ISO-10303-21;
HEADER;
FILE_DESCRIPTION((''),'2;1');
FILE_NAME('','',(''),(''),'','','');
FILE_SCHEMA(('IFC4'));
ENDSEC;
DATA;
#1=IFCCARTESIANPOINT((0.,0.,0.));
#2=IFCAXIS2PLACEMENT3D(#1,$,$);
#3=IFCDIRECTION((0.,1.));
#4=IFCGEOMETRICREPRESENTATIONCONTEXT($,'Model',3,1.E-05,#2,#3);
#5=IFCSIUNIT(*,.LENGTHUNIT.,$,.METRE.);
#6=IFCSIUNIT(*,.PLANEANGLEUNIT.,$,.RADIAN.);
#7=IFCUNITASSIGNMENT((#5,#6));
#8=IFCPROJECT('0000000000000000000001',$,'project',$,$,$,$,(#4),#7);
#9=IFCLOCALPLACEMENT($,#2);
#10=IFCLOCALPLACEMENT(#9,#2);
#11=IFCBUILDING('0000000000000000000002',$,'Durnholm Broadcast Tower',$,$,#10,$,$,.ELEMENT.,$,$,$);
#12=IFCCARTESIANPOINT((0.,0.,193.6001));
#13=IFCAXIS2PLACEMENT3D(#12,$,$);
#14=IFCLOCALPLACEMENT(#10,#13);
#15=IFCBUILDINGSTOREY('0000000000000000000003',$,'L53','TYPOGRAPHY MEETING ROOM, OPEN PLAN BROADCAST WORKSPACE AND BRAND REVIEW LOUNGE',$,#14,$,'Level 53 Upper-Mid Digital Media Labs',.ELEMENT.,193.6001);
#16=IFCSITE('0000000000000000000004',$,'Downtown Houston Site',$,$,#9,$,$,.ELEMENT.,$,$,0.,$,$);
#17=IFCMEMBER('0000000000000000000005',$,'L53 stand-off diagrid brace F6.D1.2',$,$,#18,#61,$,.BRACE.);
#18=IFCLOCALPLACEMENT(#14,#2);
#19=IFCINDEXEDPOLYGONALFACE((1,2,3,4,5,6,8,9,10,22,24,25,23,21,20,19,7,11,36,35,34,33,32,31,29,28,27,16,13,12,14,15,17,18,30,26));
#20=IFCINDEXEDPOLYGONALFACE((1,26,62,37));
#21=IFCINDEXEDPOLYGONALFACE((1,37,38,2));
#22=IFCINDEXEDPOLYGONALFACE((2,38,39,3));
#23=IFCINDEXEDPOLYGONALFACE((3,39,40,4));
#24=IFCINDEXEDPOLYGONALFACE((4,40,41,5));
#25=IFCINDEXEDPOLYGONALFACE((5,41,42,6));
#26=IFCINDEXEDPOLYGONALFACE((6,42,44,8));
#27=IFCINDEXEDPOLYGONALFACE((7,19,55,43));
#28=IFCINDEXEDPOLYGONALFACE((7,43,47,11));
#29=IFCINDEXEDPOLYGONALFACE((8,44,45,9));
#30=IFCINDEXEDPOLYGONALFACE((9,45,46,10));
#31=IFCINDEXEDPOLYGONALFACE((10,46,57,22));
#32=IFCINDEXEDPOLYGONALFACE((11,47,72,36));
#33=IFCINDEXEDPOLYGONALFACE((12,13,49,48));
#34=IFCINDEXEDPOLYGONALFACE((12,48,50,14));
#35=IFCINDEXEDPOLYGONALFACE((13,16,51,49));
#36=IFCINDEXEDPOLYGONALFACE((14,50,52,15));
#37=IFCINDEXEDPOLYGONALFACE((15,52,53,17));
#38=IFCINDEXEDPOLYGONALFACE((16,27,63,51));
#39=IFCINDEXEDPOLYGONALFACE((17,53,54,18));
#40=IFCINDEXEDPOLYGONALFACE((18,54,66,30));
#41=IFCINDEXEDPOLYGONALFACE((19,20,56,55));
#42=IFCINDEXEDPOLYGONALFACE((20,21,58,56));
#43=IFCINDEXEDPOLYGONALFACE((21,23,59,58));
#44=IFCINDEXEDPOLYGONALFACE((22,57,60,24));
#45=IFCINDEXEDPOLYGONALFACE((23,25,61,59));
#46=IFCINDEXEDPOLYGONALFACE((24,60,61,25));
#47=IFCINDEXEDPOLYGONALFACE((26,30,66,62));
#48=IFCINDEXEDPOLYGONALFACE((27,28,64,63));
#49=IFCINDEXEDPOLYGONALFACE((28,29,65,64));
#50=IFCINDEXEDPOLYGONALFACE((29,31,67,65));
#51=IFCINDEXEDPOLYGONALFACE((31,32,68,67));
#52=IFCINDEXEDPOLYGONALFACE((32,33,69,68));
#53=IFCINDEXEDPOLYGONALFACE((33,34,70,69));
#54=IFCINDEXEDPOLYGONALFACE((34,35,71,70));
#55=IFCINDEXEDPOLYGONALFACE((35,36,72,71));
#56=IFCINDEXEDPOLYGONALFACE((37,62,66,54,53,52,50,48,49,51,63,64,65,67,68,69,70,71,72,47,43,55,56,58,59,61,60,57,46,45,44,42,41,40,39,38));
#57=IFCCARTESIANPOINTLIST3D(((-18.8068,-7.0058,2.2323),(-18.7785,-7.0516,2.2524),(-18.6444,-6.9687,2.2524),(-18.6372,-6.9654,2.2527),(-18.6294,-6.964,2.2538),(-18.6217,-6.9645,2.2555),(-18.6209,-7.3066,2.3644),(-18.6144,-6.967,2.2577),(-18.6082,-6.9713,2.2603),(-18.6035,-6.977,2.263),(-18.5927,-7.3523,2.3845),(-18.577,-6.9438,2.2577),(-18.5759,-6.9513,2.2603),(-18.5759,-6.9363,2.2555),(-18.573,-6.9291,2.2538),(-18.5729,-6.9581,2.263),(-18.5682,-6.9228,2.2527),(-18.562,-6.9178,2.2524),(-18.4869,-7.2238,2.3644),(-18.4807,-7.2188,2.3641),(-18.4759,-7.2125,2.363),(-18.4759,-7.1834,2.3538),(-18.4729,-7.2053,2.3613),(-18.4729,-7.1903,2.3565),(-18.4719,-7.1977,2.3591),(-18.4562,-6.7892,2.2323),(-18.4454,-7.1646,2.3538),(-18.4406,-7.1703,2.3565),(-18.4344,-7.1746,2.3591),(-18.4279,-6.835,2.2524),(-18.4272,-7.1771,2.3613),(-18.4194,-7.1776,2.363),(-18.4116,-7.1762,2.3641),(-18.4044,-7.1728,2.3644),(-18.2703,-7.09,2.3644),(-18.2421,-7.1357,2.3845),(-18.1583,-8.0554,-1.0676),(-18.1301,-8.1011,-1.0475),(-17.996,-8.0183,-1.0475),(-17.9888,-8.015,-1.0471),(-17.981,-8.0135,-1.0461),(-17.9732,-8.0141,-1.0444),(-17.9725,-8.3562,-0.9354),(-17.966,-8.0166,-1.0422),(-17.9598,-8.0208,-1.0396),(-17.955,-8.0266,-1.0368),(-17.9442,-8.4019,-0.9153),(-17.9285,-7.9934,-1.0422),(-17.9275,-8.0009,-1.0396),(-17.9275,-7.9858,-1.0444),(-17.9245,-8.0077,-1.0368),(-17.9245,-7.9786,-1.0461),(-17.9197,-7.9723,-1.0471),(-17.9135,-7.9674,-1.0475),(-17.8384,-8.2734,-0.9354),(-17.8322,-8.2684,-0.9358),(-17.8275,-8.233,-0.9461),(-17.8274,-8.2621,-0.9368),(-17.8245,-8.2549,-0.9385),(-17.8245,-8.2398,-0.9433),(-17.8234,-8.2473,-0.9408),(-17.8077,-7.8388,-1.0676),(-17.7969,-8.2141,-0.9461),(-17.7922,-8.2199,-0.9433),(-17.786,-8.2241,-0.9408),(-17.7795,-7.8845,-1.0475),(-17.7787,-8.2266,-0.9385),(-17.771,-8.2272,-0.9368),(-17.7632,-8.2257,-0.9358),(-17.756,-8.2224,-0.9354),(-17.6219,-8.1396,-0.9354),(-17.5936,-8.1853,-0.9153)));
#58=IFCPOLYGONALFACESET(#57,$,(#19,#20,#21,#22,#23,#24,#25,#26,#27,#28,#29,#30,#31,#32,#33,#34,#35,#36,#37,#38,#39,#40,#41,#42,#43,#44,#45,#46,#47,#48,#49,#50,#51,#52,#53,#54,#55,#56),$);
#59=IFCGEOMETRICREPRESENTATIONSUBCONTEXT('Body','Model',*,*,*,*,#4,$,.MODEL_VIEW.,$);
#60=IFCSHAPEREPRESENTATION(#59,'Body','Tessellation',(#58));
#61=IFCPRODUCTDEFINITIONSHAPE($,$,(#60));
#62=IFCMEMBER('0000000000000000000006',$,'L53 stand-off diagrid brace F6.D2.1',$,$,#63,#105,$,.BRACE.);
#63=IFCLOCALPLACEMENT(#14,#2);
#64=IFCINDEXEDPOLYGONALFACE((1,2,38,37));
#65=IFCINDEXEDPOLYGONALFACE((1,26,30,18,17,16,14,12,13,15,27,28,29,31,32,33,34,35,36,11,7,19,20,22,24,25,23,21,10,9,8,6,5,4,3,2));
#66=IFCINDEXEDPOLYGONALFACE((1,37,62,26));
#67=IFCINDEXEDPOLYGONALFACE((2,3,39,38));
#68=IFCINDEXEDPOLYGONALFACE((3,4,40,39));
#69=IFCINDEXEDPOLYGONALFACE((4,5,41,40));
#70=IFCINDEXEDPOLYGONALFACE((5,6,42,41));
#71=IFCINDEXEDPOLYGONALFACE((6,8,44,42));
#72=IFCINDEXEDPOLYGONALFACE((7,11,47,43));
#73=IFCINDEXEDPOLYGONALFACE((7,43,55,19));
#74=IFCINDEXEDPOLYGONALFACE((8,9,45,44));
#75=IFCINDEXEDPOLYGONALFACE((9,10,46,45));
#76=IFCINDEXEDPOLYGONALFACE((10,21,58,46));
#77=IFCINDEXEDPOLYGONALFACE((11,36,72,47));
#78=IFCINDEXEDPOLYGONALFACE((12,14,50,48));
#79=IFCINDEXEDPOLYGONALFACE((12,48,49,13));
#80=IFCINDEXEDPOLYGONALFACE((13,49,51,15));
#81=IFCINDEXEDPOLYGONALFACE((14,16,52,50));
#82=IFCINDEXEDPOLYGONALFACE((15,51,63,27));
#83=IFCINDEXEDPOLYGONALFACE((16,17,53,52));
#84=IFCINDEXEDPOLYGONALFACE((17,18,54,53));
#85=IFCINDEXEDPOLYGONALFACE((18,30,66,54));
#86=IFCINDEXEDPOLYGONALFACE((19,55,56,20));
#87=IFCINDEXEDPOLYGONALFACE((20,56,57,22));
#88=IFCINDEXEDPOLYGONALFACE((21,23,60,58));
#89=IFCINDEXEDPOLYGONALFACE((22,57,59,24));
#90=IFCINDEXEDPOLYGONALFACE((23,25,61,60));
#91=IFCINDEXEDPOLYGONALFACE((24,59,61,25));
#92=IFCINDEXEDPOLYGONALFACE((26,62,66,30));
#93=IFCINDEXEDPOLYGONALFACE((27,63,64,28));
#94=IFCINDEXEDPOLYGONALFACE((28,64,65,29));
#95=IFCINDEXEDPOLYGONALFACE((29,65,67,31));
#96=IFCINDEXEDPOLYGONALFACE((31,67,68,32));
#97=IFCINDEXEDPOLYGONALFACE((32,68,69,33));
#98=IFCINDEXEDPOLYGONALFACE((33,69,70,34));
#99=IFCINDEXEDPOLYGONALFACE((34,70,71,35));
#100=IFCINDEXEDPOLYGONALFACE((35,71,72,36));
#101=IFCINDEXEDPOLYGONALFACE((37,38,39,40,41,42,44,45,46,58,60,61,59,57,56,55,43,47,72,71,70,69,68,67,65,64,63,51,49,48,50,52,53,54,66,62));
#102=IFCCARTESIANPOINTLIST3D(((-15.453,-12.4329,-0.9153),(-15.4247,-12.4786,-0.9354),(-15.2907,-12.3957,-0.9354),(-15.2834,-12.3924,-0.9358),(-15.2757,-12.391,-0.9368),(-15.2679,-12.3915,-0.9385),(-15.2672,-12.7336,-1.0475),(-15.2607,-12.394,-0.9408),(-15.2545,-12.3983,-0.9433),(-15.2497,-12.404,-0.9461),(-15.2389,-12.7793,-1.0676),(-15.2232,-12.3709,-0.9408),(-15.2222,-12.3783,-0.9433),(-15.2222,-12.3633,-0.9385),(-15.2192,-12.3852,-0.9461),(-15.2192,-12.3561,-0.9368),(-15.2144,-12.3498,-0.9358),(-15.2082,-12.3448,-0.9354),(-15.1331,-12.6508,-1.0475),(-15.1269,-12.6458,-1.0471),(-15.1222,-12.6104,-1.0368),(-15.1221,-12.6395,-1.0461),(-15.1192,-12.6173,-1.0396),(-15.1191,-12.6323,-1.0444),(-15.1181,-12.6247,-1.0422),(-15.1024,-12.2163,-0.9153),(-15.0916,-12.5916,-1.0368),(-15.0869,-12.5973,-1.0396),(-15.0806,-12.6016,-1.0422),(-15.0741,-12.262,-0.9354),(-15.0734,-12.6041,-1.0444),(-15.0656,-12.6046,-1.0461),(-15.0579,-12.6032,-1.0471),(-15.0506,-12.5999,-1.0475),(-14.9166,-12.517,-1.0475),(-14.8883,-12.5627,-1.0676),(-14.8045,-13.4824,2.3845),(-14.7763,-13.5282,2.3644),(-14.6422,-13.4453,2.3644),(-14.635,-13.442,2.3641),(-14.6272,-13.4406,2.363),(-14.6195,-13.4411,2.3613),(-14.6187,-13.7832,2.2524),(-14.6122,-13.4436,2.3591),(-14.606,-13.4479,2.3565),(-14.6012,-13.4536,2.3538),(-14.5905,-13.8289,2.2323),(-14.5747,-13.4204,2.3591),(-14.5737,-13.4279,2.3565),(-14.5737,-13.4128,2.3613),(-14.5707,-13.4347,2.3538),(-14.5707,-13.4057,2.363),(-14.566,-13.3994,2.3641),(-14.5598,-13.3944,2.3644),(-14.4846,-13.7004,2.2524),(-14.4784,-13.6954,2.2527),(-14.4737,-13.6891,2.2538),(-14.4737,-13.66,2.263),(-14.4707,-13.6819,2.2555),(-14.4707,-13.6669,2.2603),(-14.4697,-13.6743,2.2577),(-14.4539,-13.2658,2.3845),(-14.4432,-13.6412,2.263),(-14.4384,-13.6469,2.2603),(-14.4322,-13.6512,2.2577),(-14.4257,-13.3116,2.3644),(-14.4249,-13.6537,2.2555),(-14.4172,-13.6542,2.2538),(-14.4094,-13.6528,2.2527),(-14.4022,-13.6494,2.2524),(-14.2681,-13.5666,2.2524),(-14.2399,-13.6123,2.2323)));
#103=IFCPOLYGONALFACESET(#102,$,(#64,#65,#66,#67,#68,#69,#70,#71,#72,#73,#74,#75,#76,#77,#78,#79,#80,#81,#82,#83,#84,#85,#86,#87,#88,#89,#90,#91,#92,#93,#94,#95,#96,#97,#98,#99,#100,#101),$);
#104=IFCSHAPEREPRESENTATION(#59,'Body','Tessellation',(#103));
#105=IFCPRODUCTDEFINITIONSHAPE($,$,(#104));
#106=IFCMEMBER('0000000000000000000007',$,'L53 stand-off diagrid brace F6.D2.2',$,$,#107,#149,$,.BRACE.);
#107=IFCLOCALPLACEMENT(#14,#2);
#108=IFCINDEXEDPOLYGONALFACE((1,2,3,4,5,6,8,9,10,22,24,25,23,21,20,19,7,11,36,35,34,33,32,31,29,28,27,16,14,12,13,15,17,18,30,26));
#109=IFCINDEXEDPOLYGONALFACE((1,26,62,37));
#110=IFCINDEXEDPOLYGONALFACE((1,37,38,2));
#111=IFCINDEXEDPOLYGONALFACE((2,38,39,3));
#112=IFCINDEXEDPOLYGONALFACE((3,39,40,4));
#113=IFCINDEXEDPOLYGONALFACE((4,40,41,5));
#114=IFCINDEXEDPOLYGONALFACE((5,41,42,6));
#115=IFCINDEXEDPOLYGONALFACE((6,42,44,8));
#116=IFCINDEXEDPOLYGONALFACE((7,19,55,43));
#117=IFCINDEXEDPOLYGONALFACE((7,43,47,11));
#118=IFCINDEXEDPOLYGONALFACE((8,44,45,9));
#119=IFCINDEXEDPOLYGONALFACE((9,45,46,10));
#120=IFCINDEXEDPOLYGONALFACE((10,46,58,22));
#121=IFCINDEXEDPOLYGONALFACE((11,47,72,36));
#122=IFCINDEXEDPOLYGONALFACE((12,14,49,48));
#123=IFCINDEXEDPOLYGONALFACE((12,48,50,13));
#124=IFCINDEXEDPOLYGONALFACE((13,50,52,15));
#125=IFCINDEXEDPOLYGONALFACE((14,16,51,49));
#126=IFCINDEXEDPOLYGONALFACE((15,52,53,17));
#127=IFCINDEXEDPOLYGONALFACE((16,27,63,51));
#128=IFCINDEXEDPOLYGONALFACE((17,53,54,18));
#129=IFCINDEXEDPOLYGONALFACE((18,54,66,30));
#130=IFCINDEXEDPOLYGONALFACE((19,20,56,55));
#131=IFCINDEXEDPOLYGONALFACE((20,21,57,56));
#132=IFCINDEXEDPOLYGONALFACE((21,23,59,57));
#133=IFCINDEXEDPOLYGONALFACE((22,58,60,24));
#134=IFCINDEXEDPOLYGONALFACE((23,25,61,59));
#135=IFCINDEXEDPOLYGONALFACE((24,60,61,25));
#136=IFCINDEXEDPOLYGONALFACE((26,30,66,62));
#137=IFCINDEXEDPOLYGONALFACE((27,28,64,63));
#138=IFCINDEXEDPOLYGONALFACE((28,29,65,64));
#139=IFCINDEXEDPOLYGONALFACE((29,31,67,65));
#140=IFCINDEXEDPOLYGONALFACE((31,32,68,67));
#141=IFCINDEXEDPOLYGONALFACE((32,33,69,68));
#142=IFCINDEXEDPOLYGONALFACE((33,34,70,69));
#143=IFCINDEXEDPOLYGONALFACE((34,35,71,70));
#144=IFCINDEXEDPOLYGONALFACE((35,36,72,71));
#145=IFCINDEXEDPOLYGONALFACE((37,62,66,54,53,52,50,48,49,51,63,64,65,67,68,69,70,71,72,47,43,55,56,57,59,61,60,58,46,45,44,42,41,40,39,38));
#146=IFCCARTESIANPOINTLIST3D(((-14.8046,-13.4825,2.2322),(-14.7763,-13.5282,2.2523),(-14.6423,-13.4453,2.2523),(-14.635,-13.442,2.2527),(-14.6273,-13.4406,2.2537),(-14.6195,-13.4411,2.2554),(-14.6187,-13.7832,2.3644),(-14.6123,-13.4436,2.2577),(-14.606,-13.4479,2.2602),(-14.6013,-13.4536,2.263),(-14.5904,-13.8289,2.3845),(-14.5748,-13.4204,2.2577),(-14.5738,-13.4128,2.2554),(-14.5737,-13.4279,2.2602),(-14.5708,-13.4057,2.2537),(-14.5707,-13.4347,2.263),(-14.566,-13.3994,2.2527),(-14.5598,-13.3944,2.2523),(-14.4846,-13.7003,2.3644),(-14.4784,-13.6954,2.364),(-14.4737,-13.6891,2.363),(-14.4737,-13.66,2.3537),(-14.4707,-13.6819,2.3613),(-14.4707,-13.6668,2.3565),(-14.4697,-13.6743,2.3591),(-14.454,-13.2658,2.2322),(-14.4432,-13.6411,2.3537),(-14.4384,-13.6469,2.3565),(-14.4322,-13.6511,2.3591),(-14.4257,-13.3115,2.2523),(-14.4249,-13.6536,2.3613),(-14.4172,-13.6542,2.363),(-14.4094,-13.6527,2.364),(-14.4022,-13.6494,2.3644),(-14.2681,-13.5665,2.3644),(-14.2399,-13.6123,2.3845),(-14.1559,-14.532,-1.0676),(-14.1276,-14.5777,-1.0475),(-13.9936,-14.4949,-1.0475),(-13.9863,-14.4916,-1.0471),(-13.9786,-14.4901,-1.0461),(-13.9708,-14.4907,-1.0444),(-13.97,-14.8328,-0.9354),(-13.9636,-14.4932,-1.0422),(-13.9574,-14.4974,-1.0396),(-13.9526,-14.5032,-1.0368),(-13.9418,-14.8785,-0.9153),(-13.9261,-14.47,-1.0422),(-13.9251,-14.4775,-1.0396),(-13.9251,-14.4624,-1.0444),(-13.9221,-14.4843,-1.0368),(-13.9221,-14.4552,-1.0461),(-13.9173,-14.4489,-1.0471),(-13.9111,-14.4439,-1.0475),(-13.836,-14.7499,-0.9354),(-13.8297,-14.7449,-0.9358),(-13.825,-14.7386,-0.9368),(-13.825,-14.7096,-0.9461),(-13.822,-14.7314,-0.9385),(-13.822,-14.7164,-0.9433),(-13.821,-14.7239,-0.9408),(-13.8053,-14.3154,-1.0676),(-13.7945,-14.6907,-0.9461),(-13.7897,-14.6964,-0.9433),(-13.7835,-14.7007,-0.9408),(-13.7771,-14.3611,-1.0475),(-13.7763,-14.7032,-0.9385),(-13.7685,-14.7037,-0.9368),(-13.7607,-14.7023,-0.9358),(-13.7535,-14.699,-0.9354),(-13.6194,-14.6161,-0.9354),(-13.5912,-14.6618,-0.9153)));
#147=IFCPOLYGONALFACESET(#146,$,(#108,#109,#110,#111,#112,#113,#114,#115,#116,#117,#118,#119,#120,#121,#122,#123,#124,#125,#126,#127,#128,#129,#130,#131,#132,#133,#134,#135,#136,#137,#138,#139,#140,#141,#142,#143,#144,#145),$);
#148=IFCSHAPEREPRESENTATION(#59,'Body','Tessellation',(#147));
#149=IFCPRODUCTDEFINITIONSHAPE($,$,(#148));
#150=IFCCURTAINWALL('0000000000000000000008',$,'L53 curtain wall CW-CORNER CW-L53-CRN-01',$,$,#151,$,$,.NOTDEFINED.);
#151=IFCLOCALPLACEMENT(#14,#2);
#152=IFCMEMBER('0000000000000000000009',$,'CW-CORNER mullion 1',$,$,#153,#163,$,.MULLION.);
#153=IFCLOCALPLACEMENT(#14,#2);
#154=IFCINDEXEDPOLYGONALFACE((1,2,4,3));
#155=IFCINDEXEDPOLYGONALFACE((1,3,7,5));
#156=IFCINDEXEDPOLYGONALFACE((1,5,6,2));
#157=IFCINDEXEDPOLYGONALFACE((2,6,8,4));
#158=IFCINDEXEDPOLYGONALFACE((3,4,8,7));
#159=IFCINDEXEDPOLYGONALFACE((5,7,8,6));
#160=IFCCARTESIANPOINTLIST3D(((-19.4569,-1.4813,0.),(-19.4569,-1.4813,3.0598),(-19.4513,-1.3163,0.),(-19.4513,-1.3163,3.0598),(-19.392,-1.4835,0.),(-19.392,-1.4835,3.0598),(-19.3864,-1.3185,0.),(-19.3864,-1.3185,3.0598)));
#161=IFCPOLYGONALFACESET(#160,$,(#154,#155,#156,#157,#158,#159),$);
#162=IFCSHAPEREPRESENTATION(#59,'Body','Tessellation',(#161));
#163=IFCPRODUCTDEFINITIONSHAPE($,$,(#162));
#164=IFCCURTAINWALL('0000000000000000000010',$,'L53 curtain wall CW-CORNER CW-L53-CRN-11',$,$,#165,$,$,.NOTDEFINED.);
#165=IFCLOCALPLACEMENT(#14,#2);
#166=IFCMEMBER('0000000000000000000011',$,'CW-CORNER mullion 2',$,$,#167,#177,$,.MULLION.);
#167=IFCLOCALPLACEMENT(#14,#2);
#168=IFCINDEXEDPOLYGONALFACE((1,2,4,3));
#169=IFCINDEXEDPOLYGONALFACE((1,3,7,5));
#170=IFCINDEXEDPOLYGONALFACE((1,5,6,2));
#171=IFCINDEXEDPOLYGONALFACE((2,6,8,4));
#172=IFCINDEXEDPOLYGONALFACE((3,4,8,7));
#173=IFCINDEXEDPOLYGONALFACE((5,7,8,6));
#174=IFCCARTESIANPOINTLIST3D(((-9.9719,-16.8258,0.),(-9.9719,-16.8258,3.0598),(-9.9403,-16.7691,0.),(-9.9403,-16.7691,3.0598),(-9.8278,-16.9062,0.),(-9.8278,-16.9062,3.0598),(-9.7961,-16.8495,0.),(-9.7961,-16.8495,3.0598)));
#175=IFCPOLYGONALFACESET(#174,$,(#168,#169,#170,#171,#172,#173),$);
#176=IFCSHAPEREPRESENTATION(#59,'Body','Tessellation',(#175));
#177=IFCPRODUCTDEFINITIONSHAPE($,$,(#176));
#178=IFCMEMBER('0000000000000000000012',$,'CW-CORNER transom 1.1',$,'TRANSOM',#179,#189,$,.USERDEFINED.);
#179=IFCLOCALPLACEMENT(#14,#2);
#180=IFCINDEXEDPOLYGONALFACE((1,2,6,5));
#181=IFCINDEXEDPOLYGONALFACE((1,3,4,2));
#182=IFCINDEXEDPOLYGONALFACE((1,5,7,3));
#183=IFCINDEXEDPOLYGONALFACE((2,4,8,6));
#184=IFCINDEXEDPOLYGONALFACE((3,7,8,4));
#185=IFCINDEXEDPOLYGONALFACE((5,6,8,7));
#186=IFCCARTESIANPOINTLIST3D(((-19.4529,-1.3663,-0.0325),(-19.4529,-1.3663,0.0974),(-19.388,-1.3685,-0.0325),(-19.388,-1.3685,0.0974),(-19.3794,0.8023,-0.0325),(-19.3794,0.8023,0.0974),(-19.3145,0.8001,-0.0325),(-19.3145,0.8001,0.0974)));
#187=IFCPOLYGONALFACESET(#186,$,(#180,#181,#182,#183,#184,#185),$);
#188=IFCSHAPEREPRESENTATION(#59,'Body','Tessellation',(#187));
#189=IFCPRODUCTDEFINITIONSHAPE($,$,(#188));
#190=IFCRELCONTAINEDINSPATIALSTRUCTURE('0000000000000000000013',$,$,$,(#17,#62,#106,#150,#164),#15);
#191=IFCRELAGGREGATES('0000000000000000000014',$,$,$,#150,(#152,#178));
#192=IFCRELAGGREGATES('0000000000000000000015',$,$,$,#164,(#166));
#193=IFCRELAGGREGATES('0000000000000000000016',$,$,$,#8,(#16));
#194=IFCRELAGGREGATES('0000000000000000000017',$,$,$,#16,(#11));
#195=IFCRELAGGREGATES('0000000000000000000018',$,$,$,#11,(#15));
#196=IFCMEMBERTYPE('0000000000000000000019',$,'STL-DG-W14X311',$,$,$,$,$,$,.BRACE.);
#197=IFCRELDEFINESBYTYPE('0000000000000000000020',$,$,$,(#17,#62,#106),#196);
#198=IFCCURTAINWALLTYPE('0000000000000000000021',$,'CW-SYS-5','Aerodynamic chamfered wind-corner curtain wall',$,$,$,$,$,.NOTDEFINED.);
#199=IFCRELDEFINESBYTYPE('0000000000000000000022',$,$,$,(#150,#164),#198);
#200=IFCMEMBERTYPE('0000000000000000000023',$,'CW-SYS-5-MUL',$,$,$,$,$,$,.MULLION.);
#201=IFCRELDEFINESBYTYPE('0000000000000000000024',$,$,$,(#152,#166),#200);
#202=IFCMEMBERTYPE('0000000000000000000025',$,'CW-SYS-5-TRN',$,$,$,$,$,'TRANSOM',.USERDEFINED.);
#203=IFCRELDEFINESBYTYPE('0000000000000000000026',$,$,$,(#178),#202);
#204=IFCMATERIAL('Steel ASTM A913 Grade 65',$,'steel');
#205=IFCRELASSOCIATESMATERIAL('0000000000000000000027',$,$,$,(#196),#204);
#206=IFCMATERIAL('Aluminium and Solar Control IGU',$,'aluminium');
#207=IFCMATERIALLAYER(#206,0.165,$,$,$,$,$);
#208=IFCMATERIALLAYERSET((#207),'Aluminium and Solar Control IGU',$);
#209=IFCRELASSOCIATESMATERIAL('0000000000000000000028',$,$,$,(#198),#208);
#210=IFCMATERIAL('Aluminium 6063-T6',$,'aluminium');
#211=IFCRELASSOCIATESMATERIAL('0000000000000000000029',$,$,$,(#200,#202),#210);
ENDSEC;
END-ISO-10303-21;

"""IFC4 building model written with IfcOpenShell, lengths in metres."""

from ifc_helpers import new_model, si_unit, direction, frame, origin, origin_2d, place, context, subcontext, project, spatial, rectangle, i_section, extrude, source, transform, mapped, material, layer, layer_set, material_profile, profile_set, type_object, type_shapes, element, aggregate, save


model = new_model("IFC4")

# Units and contexts
model_context = context("Model", 3, precision=1e-05, world=origin(), true_north=direction((0.0, 1.0)))
body_context = subcontext(model_context, "Body", "Model", "MODEL_VIEW")
ifc_project = project(units=[si_unit("LENGTHUNIT", "METRE"), si_unit("PLANEANGLEUNIT", "RADIAN")], contexts=[model_context])

# Site, building, storey
site_placement = place(None, origin())
site = spatial("IfcSite", under=ifc_project, at=site_placement, Name="Downtown Houston Site", CompositionType="ELEMENT", RefElevation=0.0)
building_placement = place(site_placement, origin())
building = spatial("IfcBuilding", under=site, at=building_placement, Name="Durnholm Broadcast Tower", CompositionType="ELEMENT")
storey_placement = place(building_placement, frame((0.0, 0.0, 193.6001)))
storey = spatial("IfcBuildingStorey", under=building, at=storey_placement, Name="L53", Description="TYPOGRAPHY MEETING ROOM, OPEN PLAN BROADCAST WORKSPACE AND BRAND REVIEW LOUNGE", LongName="Level 53 Upper-Mid Digital Media Labs", CompositionType="ELEMENT", Elevation=193.6001)

# Members
ifc_material_1 = material(Name="Steel ASTM A913 Grade 65", Category="steel")
ifc_material_profile_1 = material_profile(ifc_material_1, i_section(OverallWidth=0.4121, OverallDepth=0.4348, WebThickness=0.0359, FlangeThickness=0.0574, FilletRadius=0.0305, at=origin_2d()), Name="W14X311")
ifc_profile_set_1 = profile_set([ifc_material_profile_1], Name="Steel ASTM A913 Grade 65")
member_type_1 = type_object("IfcMemberType", Name="STL-DG-W14X311", PredefinedType="BRACE", material=ifc_profile_set_1)
shared_shape_1 = source(origin(), body_context, "Body", "SweptSolid", [
    extrude(i_section(OverallWidth=0.4121, OverallDepth=0.4348, WebThickness=0.0359, FlangeThickness=0.0574, FilletRadius=0.0305, at=origin_2d()), origin(), (0.0, 0.0, 1.0), 3.5229),
])
type_shapes(member_type_1, [shared_shape_1])
for number, where, z_axis, x_axis, name in (
    (1, (-17.876, -8.1204, -0.9915), (-0.184064, 0.297926, 0.936675), (-0.850733, -0.525598, 0.0), "L53 stand-off diagrid brace F6.D1.2"),
    (2, (-15.1707, -12.4978, -0.9915), (0.184064, -0.297926, 0.936675), (0.850733, 0.525598, 0.0), "L53 stand-off diagrid brace F6.D2.1"),
    (3, (-13.8735, -14.5969, -0.9915), (-0.184131, 0.297922, 0.936663), (-0.850644, -0.525741, 0.0), "L53 stand-off diagrid brace F6.D2.2"),
):
    element("IfcMember", number, at=place(storey_placement, frame(where, z_axis=z_axis, x_axis=x_axis)), inside=storey, type_object=member_type_1, Name=name, PredefinedType="BRACE", context=body_context, shape_type="MappedRepresentation", body=[
        mapped(shared_shape_1, transform((0.0, 0.0, 0.0), x_axis=(1.0, 0.0, 0.0), y_axis=(0.0, 1.0, 0.0), z_axis=(0.0, 0.0, 1.0), scale=1.0)),
    ])

# Curtain walls, members
ifc_material_2 = material(Name="Aluminium and Solar Control IGU", Category="aluminium")
ifc_layer_1 = layer(ifc_material_2, 0.165)
ifc_layer_set_1 = layer_set([ifc_layer_1], Name="Aluminium and Solar Control IGU")
curtain_wall_type_1 = type_object("IfcCurtainWallType", Name="CW-SYS-5", Description="Aerodynamic chamfered wind-corner curtain wall", PredefinedType="NOTDEFINED", material=ifc_layer_set_1)
curtain_wall_1_placement = place(storey_placement, origin())
curtain_wall_1 = element("IfcCurtainWall", 4, at=curtain_wall_1_placement, inside=storey, type_object=curtain_wall_type_1, Name="L53 curtain wall CW-CORNER CW-L53-CRN-01", PredefinedType="NOTDEFINED")
ifc_material_3 = material(Name="Aluminium 6063-T6", Category="aluminium")
ifc_material_profile_2 = material_profile(ifc_material_3, rectangle(XDim=0.0649, YDim=0.165, at=origin_2d()), Name="CWM65X165")
ifc_profile_set_2 = profile_set([ifc_material_profile_2], Name="Aluminium 6063-T6")
member_type_2 = type_object("IfcMemberType", Name="CW-SYS-5-MUL", PredefinedType="MULLION", material=ifc_profile_set_2)
shared_shape_2 = source(origin(), body_context, "Body", "SweptSolid", [
    extrude(rectangle(XDim=0.0649, YDim=0.165, at=origin_2d()), origin(), (0.0, 0.0, 1.0), 3.0598),
])
type_shapes(member_type_2, [shared_shape_2])
member_1_placement = place(storey_placement, frame((-19.4216, -1.3999, 0.0), z_axis=(0.0, 0.0, 1.0), x_axis=(-0.999425, 0.033913, 0.0)))
member_1 = element("IfcMember", 5, at=member_1_placement, type_object=member_type_2, Name="CW-CORNER mullion 1", PredefinedType="MULLION", context=body_context, shape_type="MappedRepresentation", body=[
    mapped(shared_shape_2, transform((0.0, 0.0, 0.0), x_axis=(1.0, 0.0, 0.0), y_axis=(0.0, 1.0, 0.0), z_axis=(0.0, 0.0, 1.0), scale=1.0)),
])
curtain_wall_2_placement = place(storey_placement, origin())
curtain_wall_2 = element("IfcCurtainWall", 6, at=curtain_wall_2_placement, inside=storey, type_object=curtain_wall_type_1, Name="L53 curtain wall CW-CORNER CW-L53-CRN-11", PredefinedType="NOTDEFINED")
member_2_placement = place(storey_placement, frame((-9.884, -16.8376, 0.0), z_axis=(0.0, 0.0, 1.0), x_axis=(-0.486986, -0.87341, 0.0)))
member_2 = element("IfcMember", 7, at=member_2_placement, type_object=member_type_2, Name="CW-CORNER mullion 2", PredefinedType="MULLION", context=body_context, shape_type="MappedRepresentation", body=[
    mapped(shared_shape_2, transform((0.0, 0.0, 0.0), x_axis=(1.0, 0.0, 0.0), y_axis=(0.0, 1.0, 0.0), z_axis=(0.0, 0.0, 1.0), scale=1.0)),
])

# Member
ifc_material_profile_3 = material_profile(ifc_material_3, rectangle(XDim=0.0649, YDim=0.1299, at=origin_2d()), Name="CWT65X130")
ifc_profile_set_3 = profile_set([ifc_material_profile_3], Name="Aluminium 6063-T6")
member_type_3 = type_object("IfcMemberType", Name="CW-SYS-5-TRN", ElementType="TRANSOM", PredefinedType="USERDEFINED", material=ifc_profile_set_3)
shared_shape_3 = source(origin(), body_context, "Body", "SweptSolid", [
    extrude(rectangle(XDim=0.0649, YDim=0.1299, at=origin_2d()), origin(), (0.0, 0.0, 1.0), 2.1699),
])
type_shapes(member_type_3, [shared_shape_3])
member_3_placement = place(storey_placement, frame((-19.4204, -1.3674, 0.0325), z_axis=(0.033866, 0.999426, 0.0), x_axis=(-0.999426, 0.033866, 0.0)))
member_3 = element("IfcMember", 8, at=member_3_placement, type_object=member_type_3, Name="CW-CORNER transom 1.1", ObjectType="TRANSOM", PredefinedType="USERDEFINED", context=body_context, shape_type="MappedRepresentation", body=[
    mapped(shared_shape_3, transform((0.0, 0.0, 0.0), x_axis=(1.0, 0.0, 0.0), y_axis=(0.0, 1.0, 0.0), z_axis=(0.0, 0.0, 1.0), scale=1.0)),
])

aggregate(curtain_wall_1, [member_1, member_3])
aggregate(curtain_wall_2, [member_2])

save(model, "model.ifc")
